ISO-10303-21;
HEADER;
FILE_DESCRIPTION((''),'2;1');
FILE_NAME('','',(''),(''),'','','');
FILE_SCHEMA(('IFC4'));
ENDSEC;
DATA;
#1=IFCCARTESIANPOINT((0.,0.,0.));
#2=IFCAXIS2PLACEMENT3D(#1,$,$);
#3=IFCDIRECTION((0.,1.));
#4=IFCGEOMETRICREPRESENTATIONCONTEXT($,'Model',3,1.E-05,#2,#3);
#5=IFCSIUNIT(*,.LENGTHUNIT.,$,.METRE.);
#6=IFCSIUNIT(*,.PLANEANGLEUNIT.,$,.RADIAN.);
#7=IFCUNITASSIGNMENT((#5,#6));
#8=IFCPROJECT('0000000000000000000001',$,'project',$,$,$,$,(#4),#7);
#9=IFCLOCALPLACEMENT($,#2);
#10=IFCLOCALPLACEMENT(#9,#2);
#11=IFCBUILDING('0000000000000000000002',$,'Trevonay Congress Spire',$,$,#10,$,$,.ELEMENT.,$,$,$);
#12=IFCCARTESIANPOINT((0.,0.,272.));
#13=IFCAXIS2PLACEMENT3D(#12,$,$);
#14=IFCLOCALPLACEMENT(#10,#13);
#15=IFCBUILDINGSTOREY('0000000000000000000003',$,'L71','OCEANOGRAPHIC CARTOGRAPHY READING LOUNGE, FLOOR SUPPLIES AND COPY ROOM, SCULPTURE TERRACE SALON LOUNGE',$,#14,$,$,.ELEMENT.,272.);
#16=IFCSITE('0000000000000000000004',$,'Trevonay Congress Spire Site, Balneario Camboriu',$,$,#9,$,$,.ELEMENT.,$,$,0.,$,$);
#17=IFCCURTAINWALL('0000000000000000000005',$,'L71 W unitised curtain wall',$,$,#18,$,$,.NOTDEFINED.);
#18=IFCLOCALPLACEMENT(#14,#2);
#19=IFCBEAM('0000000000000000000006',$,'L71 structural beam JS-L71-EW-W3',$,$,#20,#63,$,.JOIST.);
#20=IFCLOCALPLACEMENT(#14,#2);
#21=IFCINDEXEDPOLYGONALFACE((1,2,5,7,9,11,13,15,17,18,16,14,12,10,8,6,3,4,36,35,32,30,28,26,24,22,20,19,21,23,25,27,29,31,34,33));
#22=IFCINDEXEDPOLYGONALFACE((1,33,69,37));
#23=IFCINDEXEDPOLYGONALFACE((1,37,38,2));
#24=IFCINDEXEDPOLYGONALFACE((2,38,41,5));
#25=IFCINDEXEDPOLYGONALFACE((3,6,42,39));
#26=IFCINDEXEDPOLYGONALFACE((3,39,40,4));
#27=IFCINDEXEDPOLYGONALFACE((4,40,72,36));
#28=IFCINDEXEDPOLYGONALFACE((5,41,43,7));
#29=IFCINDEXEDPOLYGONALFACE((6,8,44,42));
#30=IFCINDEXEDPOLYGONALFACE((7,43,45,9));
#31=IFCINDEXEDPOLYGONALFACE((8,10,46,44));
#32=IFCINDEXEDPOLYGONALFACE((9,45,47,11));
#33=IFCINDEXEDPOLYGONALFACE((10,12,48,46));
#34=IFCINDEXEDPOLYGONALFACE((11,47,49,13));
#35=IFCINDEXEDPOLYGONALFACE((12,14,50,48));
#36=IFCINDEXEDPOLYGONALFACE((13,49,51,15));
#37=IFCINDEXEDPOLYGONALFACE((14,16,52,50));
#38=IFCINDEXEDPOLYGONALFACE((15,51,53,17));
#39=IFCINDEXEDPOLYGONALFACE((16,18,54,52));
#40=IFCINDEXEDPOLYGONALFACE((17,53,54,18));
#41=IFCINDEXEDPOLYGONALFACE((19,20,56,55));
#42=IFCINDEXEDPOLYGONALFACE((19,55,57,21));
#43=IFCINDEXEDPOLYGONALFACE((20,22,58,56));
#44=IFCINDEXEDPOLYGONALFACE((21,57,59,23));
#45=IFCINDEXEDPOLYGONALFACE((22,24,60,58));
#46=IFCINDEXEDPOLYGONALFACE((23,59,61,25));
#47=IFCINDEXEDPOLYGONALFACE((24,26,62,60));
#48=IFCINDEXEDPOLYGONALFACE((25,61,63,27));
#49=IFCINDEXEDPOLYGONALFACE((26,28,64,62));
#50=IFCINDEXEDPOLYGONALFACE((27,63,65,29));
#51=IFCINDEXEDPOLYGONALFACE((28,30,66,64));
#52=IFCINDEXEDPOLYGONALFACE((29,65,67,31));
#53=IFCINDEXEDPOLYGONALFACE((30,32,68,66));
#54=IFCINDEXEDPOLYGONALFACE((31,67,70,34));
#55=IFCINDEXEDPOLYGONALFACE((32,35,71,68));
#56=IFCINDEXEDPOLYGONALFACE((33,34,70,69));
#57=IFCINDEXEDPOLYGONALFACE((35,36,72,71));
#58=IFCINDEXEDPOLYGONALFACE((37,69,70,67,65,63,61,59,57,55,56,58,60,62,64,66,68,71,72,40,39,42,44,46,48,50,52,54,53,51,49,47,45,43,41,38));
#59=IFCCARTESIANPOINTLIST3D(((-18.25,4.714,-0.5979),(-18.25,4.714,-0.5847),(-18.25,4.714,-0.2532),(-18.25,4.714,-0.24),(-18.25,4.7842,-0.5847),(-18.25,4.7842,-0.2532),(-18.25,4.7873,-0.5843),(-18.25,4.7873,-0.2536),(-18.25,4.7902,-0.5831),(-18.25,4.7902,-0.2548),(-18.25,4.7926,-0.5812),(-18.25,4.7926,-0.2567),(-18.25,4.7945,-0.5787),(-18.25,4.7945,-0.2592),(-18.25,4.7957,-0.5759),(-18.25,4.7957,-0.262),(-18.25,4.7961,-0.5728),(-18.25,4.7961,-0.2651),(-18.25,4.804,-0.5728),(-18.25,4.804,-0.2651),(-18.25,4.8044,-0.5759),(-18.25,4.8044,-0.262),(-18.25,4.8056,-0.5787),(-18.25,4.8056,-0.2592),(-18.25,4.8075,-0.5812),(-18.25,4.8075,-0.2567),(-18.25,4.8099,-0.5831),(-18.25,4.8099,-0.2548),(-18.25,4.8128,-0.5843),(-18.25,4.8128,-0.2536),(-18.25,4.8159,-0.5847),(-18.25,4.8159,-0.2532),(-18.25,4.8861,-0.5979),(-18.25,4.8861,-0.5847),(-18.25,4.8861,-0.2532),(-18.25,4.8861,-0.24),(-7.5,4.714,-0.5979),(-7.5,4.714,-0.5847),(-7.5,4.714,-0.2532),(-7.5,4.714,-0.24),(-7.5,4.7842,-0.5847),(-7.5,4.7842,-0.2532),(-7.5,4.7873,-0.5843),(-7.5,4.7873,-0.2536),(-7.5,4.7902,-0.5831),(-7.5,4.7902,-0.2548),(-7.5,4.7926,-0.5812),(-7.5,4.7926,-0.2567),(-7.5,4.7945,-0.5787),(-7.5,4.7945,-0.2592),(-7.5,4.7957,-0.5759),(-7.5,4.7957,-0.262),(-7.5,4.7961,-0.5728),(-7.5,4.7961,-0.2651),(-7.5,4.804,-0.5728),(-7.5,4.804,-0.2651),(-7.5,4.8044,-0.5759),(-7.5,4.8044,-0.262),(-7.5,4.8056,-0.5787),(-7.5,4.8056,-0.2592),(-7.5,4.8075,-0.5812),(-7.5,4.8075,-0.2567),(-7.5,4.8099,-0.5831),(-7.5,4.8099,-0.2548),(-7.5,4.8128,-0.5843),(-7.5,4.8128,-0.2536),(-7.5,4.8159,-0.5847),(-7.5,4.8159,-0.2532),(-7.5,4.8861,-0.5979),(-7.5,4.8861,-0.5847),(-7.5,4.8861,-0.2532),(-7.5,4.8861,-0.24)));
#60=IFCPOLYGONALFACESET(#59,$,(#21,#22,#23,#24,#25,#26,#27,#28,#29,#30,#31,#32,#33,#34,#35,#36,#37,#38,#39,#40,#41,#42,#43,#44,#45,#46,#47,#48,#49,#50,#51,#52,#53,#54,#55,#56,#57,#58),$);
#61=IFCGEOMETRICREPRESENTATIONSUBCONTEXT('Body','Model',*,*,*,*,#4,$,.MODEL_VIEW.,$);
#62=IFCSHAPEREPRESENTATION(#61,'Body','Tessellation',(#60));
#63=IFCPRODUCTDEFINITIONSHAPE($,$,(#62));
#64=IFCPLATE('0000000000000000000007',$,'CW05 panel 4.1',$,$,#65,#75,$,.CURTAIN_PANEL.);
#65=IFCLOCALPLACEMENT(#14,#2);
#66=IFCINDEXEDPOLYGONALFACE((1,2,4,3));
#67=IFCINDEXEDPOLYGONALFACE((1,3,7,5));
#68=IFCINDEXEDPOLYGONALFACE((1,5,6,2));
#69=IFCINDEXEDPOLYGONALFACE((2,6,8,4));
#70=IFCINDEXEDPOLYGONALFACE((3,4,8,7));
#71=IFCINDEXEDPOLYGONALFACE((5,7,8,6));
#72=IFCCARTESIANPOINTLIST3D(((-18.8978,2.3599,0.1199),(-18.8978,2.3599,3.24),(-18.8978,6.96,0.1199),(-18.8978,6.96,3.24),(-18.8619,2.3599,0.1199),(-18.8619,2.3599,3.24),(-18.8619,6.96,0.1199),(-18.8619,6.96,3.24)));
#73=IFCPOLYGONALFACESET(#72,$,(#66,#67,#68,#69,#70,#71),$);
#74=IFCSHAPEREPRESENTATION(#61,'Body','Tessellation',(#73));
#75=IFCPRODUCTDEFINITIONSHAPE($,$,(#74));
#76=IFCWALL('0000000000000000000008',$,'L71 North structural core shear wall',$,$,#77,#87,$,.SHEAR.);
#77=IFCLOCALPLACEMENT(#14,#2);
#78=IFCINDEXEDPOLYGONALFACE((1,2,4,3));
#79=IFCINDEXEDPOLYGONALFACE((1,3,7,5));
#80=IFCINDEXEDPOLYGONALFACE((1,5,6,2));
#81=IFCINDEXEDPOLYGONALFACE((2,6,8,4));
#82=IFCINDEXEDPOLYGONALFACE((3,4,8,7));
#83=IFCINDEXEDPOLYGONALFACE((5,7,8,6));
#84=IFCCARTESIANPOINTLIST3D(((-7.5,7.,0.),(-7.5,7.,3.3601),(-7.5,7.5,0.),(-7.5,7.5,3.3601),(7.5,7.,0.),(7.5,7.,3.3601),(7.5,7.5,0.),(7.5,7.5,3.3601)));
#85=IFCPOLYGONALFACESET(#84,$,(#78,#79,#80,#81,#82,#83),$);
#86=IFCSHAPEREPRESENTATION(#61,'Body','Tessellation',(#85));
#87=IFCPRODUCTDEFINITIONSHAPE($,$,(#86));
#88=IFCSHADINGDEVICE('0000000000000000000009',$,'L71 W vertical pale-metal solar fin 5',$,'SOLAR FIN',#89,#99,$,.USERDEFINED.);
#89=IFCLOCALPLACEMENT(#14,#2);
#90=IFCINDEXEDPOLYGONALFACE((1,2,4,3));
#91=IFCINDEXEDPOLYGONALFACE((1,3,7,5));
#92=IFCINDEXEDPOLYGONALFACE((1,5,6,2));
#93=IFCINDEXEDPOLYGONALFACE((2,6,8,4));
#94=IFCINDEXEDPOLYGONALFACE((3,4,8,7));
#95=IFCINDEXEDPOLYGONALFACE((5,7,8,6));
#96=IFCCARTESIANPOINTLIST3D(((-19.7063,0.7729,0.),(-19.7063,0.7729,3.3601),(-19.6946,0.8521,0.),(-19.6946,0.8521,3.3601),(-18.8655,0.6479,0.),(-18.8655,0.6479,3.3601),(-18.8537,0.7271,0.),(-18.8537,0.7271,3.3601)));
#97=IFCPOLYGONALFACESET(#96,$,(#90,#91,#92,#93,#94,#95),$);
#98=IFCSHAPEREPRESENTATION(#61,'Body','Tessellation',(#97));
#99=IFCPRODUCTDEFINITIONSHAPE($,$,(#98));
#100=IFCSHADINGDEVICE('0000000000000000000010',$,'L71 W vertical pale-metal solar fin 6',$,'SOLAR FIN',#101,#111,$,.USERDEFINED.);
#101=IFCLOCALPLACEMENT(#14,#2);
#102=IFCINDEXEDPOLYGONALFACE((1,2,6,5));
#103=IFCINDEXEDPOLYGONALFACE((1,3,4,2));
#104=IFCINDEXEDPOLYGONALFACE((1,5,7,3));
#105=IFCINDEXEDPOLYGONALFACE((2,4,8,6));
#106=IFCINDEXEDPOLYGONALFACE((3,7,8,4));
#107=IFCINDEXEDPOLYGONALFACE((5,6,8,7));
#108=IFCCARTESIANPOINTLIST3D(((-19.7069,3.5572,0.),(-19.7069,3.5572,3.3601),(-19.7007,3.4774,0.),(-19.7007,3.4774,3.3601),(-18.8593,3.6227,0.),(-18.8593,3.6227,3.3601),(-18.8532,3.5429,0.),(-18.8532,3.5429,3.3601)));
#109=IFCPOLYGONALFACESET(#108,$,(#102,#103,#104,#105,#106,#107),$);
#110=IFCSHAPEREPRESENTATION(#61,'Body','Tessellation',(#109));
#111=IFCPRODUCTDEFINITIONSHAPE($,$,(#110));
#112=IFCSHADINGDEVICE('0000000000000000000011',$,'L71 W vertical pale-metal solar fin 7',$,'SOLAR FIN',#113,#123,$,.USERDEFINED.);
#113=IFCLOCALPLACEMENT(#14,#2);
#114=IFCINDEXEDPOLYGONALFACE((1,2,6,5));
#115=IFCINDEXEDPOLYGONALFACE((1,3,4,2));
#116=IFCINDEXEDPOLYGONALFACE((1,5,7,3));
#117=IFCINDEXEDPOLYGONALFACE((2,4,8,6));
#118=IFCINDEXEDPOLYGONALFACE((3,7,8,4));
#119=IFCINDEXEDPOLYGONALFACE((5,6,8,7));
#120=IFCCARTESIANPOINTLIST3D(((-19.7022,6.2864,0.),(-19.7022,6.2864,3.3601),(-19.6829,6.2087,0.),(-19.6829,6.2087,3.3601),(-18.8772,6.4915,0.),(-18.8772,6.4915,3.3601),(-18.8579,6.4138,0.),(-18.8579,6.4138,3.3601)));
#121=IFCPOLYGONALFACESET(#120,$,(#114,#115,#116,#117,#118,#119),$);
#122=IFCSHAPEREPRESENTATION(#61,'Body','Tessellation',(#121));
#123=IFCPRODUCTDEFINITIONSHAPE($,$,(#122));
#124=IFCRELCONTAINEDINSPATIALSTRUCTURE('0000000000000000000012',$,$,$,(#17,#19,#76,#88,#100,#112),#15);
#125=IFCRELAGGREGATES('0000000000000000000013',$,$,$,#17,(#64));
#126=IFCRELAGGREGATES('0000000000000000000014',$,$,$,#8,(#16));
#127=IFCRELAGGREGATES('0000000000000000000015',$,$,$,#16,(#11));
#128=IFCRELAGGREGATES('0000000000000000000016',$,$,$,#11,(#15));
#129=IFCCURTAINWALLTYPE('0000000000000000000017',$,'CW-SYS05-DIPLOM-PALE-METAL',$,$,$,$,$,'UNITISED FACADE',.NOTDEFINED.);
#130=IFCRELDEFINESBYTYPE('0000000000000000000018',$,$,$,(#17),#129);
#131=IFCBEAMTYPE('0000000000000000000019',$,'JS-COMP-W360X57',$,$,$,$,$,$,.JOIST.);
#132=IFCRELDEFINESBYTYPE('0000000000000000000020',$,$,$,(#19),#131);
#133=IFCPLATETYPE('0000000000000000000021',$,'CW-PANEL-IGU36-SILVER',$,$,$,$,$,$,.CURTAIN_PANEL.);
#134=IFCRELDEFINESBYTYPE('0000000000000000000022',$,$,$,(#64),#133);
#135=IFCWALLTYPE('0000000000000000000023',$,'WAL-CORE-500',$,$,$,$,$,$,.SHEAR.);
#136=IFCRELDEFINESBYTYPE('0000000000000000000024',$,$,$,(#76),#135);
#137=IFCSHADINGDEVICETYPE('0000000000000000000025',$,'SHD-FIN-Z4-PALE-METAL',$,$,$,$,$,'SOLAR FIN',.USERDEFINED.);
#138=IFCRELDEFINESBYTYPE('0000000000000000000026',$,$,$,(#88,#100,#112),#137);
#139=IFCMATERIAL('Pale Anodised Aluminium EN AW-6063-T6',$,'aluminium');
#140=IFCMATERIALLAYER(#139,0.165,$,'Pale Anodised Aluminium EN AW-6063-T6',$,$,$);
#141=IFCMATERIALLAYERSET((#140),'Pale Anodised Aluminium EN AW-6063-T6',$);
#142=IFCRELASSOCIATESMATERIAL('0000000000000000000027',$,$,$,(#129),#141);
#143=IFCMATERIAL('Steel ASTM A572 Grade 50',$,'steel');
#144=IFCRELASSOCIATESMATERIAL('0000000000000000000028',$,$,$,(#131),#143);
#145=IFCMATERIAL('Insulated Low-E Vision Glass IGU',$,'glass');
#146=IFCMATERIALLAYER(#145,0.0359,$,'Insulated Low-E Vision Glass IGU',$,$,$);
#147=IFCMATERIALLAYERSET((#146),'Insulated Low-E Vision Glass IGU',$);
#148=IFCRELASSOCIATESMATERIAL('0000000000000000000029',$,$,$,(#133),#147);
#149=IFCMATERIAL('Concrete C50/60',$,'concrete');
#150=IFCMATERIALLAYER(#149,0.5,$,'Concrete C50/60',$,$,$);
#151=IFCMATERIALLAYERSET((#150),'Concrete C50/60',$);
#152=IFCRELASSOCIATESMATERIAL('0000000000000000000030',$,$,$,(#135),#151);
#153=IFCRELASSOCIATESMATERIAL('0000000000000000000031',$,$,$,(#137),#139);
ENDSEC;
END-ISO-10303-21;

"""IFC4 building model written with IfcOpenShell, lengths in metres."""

from ifc_helpers import new_model, si_unit, direction, frame, frame_2d, origin, origin_2d, place, context, subcontext, project, spatial, rectangle, i_section, extrude, material, layer, layer_set, material_profile, profile_set, type_object, element, aggregate, save


model = new_model("IFC4")

# Units and contexts
model_context = context("Model", 3, precision=1e-05, world=origin(), true_north=direction((0.0, 1.0)))
body_context = subcontext(model_context, "Body", "Model", "MODEL_VIEW")
ifc_project = project(units=[si_unit("LENGTHUNIT", "METRE"), si_unit("PLANEANGLEUNIT", "RADIAN")], contexts=[model_context])

# Site, building, storey
site_placement = place(None, origin())
site = spatial("IfcSite", under=ifc_project, at=site_placement, Name="Trevonay Congress Spire Site, Balneario Camboriu", CompositionType="ELEMENT", RefElevation=0.0)
building_placement = place(site_placement, origin())
building = spatial("IfcBuilding", under=site, at=building_placement, Name="Trevonay Congress Spire", CompositionType="ELEMENT")
storey_placement = place(building_placement, frame((0.0, 0.0, 272.0)))
storey = spatial("IfcBuildingStorey", under=building, at=storey_placement, Name="L71", Description="OCEANOGRAPHIC CARTOGRAPHY READING LOUNGE, FLOOR SUPPLIES AND COPY ROOM, SCULPTURE TERRACE SALON LOUNGE", CompositionType="ELEMENT", Elevation=272.0)

# Shared definitions
ifc_material_1 = material(Name="Steel ASTM A572 Grade 50", Category="steel")

# Curtain wall
ifc_material_2 = material(Name="Pale Anodised Aluminium EN AW-6063-T6", Category="aluminium")
ifc_layer_1 = layer(ifc_material_2, 0.165, Name="Pale Anodised Aluminium EN AW-6063-T6")
ifc_layer_set_1 = layer_set([ifc_layer_1], Name="Pale Anodised Aluminium EN AW-6063-T6")
curtain_wall_type = type_object("IfcCurtainWallType", Name="CW-SYS05-DIPLOM-PALE-METAL", ElementType="UNITISED FACADE", PredefinedType="NOTDEFINED", material=ifc_layer_set_1)
curtain_wall_placement = place(storey_placement, origin())
curtain_wall = element("IfcCurtainWall", 1, at=curtain_wall_placement, inside=storey, type_object=curtain_wall_type, Name="L71 W unitised curtain wall", PredefinedType="NOTDEFINED")

# Beam
ifc_material_profile_1 = material_profile(ifc_material_1, i_section(OverallWidth=0.1721, OverallDepth=0.3579, WebThickness=0.0078, FlangeThickness=0.0132, FilletRadius=0.012, at=origin_2d()), Name="W360x57.8")
ifc_profile_set_1 = profile_set([ifc_material_profile_1], Name="Steel ASTM A572 Grade 50")
beam_type_1 = type_object("IfcBeamType", Name="JS-COMP-W360X57", PredefinedType="JOIST", material=ifc_profile_set_1)
beam_1_placement = place(storey_placement, frame((-18.25, 4.8, -0.4189), z_axis=(1.0, 0.0, 0.0), x_axis=(0.0, 1.0, 0.0)))
element("IfcBeam", 2, at=beam_1_placement, inside=storey, type_object=beam_type_1, Name="L71 structural beam JS-L71-EW-W3", PredefinedType="JOIST", context=body_context, shape_type="SweptSolid", body=[
    extrude(i_section(OverallWidth=0.1721, OverallDepth=0.3579, WebThickness=0.0078, FlangeThickness=0.0132, FilletRadius=0.012, at=origin_2d()), origin(), (0.0, 0.0, 1.0), 10.75),
])

# Plate
ifc_material_3 = material(Name="Insulated Low-E Vision Glass IGU", Category="glass")
ifc_layer_2 = layer(ifc_material_3, 0.0359, Name="Insulated Low-E Vision Glass IGU")
ifc_layer_set_2 = layer_set([ifc_layer_2], Name="Insulated Low-E Vision Glass IGU")
plate_type = type_object("IfcPlateType", Name="CW-PANEL-IGU36-SILVER", PredefinedType="CURTAIN_PANEL", material=ifc_layer_set_2)
plate_placement = place(storey_placement, frame((-18.8799, 4.6599, 0.1199), z_axis=(0.0, 0.0, 1.0), x_axis=(0.0, 1.0, 0.0)))
plate = element("IfcPlate", 3, at=plate_placement, type_object=plate_type, Name="CW05 panel 4.1", PredefinedType="CURTAIN_PANEL", context=body_context, shape_type="SweptSolid", body=[
    extrude(rectangle(XDim=4.6001, YDim=0.0359, at=origin_2d()), origin(), (0.0, 0.0, 1.0), 3.1201),
])
aggregate(curtain_wall, [plate])

# Wall
ifc_material_4 = material(Name="Concrete C50/60", Category="concrete")
ifc_layer_3 = layer(ifc_material_4, 0.5, Name="Concrete C50/60")
ifc_layer_set_3 = layer_set([ifc_layer_3], Name="Concrete C50/60")
wall_type = type_object("IfcWallType", Name="WAL-CORE-500", PredefinedType="SHEAR", material=ifc_layer_set_3)
wall_placement = place(storey_placement, frame((-7.5, 7.25, 0.0), z_axis=(0.0, 0.0, 1.0), x_axis=(1.0, 0.0, 0.0)))
element("IfcWall", 4, at=wall_placement, inside=storey, type_object=wall_type, Name="L71 North structural core shear wall", PredefinedType="SHEAR", context=body_context, shape_type="SweptSolid", body=[
    extrude(rectangle(XDim=15.0, YDim=0.5, at=frame_2d((7.5, 0.0))), origin(), (0.0, 0.0, 1.0), 3.3601),
])

# Shading devices
shading_device_type = type_object("IfcShadingDeviceType", Name="SHD-FIN-Z4-PALE-METAL", ElementType="SOLAR FIN", PredefinedType="USERDEFINED", material=ifc_material_2)
for number, where, z_axis, x_axis, name in (
    (5, (-19.28, 0.75, 0.0), (0.0, 0.0, 1.0), (0.146946, 0.989144, 0.0), "L71 W vertical pale-metal solar fin 5"),
    (6, (-19.28, 3.55, 0.0), (0.0, 0.0, 1.0), (-0.077067, 0.997026, 0.0), "L71 W vertical pale-metal solar fin 6"),
    (7, (-19.28, 6.3501, 0.0), (0.0, 0.0, 1.0), (-0.241244, 0.970464, 0.0), "L71 W vertical pale-metal solar fin 7"),
):
    element("IfcShadingDevice", number, at=place(storey_placement, frame(where, z_axis=z_axis, x_axis=x_axis)), inside=storey, type_object=shading_device_type, Name=name, ObjectType="SOLAR FIN", PredefinedType="USERDEFINED", context=body_context, shape_type="SweptSolid", body=[
        extrude(rectangle(XDim=0.0801, YDim=0.8501, at=origin_2d()), origin(), (0.0, 0.0, 1.0), 3.3601),
    ])

save(model, "model.ifc")
